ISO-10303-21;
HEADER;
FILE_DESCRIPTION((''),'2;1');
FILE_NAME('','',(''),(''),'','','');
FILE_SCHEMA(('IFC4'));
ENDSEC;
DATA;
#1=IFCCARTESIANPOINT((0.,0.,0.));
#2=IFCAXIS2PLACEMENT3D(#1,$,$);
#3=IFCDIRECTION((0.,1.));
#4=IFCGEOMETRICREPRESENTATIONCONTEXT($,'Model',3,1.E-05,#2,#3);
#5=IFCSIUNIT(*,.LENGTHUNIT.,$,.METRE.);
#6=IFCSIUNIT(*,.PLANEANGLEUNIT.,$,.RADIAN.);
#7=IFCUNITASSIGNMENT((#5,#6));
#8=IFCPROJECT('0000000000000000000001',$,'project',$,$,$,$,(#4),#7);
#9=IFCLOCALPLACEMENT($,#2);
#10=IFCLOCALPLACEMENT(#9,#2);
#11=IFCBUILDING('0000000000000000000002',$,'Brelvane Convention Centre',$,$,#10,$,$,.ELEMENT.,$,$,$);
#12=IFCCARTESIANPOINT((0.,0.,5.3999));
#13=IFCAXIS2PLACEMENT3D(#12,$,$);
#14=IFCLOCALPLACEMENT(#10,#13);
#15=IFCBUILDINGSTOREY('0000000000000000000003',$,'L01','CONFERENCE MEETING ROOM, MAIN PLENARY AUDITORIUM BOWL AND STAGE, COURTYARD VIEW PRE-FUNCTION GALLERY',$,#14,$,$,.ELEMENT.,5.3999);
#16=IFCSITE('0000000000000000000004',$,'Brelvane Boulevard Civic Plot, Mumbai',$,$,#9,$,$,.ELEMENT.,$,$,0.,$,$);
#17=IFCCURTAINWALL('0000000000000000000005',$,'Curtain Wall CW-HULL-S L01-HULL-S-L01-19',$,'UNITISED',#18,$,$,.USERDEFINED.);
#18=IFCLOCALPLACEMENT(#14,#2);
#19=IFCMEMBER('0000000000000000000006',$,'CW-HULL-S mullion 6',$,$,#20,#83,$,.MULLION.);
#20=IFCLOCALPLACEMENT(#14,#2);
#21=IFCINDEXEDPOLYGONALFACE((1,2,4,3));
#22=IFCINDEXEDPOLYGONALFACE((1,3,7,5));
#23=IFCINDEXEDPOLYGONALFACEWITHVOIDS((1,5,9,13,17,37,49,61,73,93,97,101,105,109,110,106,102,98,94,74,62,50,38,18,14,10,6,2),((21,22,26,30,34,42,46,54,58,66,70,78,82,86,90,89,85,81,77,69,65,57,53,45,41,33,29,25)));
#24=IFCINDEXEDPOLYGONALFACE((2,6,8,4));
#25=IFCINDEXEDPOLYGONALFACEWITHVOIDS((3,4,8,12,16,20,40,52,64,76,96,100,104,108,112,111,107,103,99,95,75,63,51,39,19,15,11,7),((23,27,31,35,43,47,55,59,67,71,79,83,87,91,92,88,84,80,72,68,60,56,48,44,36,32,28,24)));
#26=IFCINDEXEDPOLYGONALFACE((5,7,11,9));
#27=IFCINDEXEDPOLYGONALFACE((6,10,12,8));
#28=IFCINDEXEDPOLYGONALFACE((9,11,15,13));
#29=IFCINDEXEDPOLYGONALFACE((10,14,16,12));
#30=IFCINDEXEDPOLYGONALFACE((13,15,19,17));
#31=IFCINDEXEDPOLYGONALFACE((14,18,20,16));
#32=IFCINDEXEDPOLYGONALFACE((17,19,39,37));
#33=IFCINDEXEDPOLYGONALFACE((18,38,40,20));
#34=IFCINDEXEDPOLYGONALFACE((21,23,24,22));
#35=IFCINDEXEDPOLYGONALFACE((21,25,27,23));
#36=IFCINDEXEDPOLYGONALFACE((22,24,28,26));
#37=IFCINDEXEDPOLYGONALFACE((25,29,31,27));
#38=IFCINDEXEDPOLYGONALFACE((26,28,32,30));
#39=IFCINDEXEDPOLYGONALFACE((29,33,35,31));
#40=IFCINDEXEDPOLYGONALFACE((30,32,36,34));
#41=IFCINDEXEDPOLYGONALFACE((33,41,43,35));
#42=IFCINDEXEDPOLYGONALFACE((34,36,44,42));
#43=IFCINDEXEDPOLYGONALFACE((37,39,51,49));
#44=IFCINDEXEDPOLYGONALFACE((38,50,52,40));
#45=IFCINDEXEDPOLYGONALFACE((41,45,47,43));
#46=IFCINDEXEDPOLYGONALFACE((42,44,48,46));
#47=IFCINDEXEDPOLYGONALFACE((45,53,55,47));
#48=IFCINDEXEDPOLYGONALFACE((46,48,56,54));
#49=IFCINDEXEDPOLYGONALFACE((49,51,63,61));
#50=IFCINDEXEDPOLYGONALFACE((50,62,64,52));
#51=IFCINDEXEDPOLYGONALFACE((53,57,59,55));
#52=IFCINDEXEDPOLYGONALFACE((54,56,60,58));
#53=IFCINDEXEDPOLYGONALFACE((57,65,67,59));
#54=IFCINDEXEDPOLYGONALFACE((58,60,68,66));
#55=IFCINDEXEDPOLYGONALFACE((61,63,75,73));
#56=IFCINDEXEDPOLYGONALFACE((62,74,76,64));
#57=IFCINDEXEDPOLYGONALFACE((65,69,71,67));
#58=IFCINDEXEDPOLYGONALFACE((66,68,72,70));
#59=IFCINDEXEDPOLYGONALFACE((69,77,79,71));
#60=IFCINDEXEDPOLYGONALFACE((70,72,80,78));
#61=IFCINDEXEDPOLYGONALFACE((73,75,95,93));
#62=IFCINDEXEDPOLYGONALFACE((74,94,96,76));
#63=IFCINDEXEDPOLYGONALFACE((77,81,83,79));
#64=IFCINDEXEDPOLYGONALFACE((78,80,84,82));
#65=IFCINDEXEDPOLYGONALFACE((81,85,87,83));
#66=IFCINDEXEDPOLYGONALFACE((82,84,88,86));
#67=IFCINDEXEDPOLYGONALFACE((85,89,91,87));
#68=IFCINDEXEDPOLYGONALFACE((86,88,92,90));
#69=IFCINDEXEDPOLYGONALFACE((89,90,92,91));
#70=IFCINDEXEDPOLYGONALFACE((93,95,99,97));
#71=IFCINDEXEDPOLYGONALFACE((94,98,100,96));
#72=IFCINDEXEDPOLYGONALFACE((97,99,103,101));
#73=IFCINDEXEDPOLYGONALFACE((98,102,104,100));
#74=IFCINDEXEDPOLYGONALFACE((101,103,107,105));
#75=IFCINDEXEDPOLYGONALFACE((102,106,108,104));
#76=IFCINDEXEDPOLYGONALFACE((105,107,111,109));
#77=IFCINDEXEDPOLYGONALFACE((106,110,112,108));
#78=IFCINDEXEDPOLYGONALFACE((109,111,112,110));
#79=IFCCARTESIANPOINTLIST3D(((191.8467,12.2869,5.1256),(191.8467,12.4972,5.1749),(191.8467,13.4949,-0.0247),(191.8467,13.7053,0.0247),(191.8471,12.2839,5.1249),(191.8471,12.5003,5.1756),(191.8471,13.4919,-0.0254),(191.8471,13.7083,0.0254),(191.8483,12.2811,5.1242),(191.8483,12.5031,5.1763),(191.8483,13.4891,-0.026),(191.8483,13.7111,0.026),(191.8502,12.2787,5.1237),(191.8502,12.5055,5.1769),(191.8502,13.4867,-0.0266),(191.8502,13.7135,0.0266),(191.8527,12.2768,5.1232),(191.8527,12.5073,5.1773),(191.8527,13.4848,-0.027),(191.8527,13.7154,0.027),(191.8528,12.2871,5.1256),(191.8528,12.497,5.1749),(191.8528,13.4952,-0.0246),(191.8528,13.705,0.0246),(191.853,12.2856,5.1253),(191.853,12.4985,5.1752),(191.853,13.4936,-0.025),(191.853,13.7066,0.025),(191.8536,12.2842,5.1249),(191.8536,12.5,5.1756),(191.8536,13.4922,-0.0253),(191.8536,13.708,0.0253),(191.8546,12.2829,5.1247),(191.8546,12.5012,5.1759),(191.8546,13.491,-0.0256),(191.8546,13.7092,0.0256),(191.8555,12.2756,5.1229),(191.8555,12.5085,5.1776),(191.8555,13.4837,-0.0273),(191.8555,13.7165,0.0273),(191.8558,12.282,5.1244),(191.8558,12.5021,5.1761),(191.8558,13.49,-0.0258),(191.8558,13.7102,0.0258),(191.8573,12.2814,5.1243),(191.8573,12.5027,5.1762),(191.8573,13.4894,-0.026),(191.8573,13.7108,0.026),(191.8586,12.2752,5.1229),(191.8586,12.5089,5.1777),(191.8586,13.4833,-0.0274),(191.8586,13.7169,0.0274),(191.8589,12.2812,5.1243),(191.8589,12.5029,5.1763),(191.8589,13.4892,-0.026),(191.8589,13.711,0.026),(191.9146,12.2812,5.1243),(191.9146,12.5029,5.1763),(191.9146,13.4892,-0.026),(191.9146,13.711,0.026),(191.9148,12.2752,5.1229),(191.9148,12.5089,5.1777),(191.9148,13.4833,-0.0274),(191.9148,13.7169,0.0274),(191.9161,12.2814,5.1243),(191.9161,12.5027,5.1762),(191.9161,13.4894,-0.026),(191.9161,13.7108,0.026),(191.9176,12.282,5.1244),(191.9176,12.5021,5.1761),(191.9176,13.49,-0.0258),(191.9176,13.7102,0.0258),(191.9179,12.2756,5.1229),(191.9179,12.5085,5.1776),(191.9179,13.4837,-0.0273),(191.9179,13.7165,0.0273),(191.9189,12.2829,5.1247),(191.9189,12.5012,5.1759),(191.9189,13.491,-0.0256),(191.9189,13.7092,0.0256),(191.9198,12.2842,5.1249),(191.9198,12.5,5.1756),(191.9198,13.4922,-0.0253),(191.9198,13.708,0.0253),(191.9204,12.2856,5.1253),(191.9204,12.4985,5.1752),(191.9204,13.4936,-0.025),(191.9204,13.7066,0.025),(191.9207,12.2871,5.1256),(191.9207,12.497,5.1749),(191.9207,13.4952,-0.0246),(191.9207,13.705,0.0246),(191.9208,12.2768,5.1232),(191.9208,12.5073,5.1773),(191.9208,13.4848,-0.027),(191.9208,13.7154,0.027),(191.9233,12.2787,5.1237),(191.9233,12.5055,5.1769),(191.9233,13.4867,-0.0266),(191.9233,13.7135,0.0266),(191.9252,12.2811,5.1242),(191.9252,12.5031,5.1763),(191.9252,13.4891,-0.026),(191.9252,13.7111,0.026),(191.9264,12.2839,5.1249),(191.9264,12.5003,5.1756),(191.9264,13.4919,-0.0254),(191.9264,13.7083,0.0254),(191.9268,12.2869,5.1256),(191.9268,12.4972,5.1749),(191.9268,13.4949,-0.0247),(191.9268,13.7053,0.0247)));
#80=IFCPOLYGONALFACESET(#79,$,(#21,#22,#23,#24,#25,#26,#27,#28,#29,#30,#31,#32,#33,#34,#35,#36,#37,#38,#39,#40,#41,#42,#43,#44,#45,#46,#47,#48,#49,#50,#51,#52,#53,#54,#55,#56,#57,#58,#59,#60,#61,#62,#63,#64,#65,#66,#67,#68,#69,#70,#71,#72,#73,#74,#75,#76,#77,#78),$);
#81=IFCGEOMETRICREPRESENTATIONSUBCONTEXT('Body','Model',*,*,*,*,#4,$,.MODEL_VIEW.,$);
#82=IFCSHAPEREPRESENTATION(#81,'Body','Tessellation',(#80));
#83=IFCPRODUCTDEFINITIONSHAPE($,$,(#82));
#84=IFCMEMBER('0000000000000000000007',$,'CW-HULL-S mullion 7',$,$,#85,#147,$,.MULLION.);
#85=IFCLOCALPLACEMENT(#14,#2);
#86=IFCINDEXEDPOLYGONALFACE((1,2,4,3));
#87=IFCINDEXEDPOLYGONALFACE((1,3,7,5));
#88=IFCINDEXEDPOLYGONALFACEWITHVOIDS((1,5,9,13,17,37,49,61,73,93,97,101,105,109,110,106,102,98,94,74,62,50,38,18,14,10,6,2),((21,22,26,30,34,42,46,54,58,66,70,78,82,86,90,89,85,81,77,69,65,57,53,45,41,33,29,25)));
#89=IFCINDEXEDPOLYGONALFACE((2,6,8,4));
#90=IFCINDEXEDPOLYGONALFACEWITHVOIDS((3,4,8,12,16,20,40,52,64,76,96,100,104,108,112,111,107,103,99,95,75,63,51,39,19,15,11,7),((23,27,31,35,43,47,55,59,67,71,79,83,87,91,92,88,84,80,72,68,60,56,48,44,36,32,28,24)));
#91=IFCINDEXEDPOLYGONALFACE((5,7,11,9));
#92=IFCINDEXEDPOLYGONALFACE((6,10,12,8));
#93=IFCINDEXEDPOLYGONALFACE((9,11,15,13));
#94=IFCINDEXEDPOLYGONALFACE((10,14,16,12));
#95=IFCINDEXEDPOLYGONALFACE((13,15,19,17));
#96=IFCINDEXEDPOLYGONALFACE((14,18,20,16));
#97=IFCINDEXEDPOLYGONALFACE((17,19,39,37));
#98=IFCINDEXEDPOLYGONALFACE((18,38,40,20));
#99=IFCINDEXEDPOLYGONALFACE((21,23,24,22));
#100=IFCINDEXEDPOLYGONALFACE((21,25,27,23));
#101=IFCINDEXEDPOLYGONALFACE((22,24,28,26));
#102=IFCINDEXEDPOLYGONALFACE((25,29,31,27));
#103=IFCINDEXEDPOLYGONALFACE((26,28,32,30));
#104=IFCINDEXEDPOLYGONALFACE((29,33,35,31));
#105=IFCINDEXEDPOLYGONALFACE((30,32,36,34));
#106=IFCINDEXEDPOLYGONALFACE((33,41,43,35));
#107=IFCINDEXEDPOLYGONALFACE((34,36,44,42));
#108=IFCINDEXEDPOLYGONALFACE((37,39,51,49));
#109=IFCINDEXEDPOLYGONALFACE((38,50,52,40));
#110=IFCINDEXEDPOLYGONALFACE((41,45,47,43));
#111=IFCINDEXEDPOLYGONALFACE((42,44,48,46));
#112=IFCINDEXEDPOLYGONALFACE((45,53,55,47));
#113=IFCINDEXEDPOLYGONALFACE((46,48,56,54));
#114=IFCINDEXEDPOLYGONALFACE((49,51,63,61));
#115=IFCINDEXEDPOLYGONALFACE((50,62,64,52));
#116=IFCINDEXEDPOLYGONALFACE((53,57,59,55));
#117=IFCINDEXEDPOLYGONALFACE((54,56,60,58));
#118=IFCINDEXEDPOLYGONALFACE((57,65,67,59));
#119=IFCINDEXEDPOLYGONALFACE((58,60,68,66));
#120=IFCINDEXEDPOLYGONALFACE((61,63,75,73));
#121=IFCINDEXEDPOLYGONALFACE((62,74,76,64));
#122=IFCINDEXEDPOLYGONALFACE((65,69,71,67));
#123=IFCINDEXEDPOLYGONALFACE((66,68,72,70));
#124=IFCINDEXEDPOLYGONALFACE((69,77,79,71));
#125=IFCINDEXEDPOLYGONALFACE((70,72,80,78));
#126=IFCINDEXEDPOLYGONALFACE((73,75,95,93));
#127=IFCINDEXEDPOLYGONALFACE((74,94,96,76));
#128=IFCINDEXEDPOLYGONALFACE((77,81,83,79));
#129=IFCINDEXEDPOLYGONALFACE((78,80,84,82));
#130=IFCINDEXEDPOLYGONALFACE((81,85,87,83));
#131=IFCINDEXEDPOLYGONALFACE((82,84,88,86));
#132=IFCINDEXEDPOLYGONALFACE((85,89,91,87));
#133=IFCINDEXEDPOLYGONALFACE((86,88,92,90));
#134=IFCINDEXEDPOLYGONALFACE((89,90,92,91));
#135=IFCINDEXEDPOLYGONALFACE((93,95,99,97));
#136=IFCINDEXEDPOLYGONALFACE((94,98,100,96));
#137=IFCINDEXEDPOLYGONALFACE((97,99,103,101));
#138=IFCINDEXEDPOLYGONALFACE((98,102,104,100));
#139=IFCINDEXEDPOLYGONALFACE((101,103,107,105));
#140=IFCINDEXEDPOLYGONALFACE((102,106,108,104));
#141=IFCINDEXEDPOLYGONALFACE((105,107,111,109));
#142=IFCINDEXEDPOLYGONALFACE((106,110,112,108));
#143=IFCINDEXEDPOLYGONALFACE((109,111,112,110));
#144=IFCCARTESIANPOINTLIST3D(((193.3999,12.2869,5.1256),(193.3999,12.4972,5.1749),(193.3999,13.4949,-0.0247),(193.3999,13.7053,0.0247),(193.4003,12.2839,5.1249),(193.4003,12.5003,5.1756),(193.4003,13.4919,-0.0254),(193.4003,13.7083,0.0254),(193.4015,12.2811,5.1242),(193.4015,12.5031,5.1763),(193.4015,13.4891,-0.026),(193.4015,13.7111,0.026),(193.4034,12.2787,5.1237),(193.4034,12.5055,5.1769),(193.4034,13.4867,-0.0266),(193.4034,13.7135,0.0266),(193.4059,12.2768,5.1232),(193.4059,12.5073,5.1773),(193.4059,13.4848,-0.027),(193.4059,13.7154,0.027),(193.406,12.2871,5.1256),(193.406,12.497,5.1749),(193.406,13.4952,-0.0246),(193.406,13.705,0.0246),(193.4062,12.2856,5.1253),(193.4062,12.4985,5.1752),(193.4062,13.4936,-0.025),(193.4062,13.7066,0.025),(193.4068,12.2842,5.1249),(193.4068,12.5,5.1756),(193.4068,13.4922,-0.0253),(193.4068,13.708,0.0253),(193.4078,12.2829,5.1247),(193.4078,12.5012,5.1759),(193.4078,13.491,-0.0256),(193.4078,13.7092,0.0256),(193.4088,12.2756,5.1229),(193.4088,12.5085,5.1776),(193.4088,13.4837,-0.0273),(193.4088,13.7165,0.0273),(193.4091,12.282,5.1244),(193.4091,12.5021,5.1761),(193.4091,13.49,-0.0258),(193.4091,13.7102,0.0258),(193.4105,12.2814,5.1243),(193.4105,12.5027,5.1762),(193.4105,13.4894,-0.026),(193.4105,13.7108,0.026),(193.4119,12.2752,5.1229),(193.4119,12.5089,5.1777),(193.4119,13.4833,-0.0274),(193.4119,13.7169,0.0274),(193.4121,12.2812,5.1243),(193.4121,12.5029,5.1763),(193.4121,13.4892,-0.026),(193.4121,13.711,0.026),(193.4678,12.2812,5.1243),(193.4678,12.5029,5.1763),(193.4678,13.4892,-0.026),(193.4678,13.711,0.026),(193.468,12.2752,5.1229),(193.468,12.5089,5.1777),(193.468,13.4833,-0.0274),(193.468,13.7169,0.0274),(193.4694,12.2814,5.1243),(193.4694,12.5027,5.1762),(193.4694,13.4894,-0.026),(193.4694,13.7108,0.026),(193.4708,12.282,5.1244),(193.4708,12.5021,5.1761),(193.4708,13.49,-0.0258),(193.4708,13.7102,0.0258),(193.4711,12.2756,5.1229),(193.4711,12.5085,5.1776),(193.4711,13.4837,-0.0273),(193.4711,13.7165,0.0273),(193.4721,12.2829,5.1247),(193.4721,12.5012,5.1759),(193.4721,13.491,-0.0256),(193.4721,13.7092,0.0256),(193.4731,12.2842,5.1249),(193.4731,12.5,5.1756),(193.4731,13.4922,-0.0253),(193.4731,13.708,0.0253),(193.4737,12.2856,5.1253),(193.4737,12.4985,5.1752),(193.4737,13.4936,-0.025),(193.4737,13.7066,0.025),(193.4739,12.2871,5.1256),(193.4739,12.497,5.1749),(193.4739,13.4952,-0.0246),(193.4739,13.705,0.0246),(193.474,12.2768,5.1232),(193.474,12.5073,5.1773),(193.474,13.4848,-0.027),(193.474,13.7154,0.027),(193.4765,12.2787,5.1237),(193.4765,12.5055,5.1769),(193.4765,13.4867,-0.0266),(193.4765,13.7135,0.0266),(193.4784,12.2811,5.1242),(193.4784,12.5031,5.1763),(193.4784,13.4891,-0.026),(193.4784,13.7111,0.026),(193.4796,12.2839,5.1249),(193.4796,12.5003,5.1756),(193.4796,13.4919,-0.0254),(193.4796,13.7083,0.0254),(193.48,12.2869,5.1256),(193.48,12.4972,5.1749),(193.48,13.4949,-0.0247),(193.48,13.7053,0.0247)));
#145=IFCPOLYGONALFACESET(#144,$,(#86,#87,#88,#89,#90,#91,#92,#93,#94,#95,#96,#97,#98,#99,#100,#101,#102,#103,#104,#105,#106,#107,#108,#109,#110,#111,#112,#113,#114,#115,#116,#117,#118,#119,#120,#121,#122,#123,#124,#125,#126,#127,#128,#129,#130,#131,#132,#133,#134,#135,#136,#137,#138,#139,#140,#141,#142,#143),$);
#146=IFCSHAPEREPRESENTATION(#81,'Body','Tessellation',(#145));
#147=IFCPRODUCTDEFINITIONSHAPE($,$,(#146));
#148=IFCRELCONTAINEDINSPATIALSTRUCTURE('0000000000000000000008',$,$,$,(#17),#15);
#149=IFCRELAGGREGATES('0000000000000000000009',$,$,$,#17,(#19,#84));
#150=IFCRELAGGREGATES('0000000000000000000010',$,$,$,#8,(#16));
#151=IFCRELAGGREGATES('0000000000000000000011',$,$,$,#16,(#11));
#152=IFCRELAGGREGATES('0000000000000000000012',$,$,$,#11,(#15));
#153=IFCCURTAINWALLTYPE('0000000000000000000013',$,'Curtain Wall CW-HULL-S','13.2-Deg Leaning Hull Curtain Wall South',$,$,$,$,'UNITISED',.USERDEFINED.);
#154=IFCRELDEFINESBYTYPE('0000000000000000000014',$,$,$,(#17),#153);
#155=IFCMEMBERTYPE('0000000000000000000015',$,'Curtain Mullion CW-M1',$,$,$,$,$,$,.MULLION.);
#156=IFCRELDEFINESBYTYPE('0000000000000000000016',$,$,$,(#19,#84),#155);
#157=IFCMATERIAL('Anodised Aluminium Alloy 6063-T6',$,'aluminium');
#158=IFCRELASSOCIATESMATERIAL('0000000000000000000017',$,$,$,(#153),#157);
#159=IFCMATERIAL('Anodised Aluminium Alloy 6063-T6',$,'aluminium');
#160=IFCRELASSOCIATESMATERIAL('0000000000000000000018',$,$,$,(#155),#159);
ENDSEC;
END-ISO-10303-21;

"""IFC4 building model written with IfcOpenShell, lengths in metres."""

from ifc_helpers import new_model, si_unit, direction, frame, origin, origin_2d, place, context, subcontext, project, spatial, hollow_rectangle, extrude, material, material_profile, profile_set, type_object, element, aggregate, save


model = new_model("IFC4")

# Units and contexts
model_context = context("Model", 3, precision=1e-05, world=origin(), true_north=direction((0.0, 1.0)))
body_context = subcontext(model_context, "Body", "Model", "MODEL_VIEW")
ifc_project = project(units=[si_unit("LENGTHUNIT", "METRE"), si_unit("PLANEANGLEUNIT", "RADIAN")], contexts=[model_context])

# Site, building, storey
site_placement = place(None, origin())
site = spatial("IfcSite", under=ifc_project, at=site_placement, Name="Brelvane Boulevard Civic Plot, Mumbai", CompositionType="ELEMENT", RefElevation=0.0)
building_placement = place(site_placement, origin())
building = spatial("IfcBuilding", under=site, at=building_placement, Name="Brelvane Convention Centre", CompositionType="ELEMENT")
storey_placement = place(building_placement, frame((0.0, 0.0, 5.3999)))
storey = spatial("IfcBuildingStorey", under=building, at=storey_placement, Name="L01", Description="CONFERENCE MEETING ROOM, MAIN PLENARY AUDITORIUM BOWL AND STAGE, COURTYARD VIEW PRE-FUNCTION GALLERY", CompositionType="ELEMENT", Elevation=5.3999)

# Curtain wall, members
ifc_material_1 = material(Name="Anodised Aluminium Alloy 6063-T6", Category="aluminium")
curtain_wall_type = type_object("IfcCurtainWallType", Name="Curtain Wall CW-HULL-S", Description="13.2-Deg Leaning Hull Curtain Wall South", ElementType="UNITISED", PredefinedType="USERDEFINED", material=ifc_material_1)
ifc_material_2 = material(Name="Anodised Aluminium Alloy 6063-T6", Category="aluminium")
ifc_material_profile_1 = material_profile(ifc_material_2, hollow_rectangle(XDim=0.0801, YDim=0.24, WallThickness=0.0061, InnerFilletRadius=0.0061, OuterFilletRadius=0.012, at=origin_2d()), Name="ALU-M 240x80x6.0")
ifc_profile_set_1 = profile_set([ifc_material_profile_1], Name="Anodised Aluminium Alloy 6063-T6")
member_type_1 = type_object("IfcMemberType", Name="Curtain Mullion CW-M1", PredefinedType="MULLION", material=ifc_profile_set_1)
curtain_wall_1_placement = place(storey_placement, origin())
curtain_wall_1 = element("IfcCurtainWall", 1, at=curtain_wall_1_placement, inside=storey, type_object=curtain_wall_type, Name="Curtain Wall CW-HULL-S L01-HULL-S-L01-19", ObjectType="UNITISED", PredefinedType="USERDEFINED")
member_1_placement = place(storey_placement, frame((191.8867, 13.6001, 0.0), z_axis=(0.0, -0.22836, 0.973577), x_axis=(1.0, 0.0, 0.0)))
member_1 = element("IfcMember", 2, at=member_1_placement, type_object=member_type_1, Name="CW-HULL-S mullion 6", PredefinedType="MULLION", context=body_context, shape_type="SweptSolid", body=[
    extrude(hollow_rectangle(XDim=0.0801, YDim=0.24, WallThickness=0.0061, InnerFilletRadius=0.0061, OuterFilletRadius=0.012, at=origin_2d()), origin(), (0.0, 0.0, 1.0), 5.29),
])
member_2_placement = place(storey_placement, frame((193.4399, 13.6001, 0.0), z_axis=(0.0, -0.22836, 0.973577), x_axis=(1.0, 0.0, 0.0)))
member_2 = element("IfcMember", 3, at=member_2_placement, type_object=member_type_1, Name="CW-HULL-S mullion 7", PredefinedType="MULLION", context=body_context, shape_type="SweptSolid", body=[
    extrude(hollow_rectangle(XDim=0.0801, YDim=0.24, WallThickness=0.0061, InnerFilletRadius=0.0061, OuterFilletRadius=0.012, at=origin_2d()), origin(), (0.0, 0.0, 1.0), 5.29),
])
aggregate(curtain_wall_1, [member_1, member_2])

save(model, "model.ifc")
